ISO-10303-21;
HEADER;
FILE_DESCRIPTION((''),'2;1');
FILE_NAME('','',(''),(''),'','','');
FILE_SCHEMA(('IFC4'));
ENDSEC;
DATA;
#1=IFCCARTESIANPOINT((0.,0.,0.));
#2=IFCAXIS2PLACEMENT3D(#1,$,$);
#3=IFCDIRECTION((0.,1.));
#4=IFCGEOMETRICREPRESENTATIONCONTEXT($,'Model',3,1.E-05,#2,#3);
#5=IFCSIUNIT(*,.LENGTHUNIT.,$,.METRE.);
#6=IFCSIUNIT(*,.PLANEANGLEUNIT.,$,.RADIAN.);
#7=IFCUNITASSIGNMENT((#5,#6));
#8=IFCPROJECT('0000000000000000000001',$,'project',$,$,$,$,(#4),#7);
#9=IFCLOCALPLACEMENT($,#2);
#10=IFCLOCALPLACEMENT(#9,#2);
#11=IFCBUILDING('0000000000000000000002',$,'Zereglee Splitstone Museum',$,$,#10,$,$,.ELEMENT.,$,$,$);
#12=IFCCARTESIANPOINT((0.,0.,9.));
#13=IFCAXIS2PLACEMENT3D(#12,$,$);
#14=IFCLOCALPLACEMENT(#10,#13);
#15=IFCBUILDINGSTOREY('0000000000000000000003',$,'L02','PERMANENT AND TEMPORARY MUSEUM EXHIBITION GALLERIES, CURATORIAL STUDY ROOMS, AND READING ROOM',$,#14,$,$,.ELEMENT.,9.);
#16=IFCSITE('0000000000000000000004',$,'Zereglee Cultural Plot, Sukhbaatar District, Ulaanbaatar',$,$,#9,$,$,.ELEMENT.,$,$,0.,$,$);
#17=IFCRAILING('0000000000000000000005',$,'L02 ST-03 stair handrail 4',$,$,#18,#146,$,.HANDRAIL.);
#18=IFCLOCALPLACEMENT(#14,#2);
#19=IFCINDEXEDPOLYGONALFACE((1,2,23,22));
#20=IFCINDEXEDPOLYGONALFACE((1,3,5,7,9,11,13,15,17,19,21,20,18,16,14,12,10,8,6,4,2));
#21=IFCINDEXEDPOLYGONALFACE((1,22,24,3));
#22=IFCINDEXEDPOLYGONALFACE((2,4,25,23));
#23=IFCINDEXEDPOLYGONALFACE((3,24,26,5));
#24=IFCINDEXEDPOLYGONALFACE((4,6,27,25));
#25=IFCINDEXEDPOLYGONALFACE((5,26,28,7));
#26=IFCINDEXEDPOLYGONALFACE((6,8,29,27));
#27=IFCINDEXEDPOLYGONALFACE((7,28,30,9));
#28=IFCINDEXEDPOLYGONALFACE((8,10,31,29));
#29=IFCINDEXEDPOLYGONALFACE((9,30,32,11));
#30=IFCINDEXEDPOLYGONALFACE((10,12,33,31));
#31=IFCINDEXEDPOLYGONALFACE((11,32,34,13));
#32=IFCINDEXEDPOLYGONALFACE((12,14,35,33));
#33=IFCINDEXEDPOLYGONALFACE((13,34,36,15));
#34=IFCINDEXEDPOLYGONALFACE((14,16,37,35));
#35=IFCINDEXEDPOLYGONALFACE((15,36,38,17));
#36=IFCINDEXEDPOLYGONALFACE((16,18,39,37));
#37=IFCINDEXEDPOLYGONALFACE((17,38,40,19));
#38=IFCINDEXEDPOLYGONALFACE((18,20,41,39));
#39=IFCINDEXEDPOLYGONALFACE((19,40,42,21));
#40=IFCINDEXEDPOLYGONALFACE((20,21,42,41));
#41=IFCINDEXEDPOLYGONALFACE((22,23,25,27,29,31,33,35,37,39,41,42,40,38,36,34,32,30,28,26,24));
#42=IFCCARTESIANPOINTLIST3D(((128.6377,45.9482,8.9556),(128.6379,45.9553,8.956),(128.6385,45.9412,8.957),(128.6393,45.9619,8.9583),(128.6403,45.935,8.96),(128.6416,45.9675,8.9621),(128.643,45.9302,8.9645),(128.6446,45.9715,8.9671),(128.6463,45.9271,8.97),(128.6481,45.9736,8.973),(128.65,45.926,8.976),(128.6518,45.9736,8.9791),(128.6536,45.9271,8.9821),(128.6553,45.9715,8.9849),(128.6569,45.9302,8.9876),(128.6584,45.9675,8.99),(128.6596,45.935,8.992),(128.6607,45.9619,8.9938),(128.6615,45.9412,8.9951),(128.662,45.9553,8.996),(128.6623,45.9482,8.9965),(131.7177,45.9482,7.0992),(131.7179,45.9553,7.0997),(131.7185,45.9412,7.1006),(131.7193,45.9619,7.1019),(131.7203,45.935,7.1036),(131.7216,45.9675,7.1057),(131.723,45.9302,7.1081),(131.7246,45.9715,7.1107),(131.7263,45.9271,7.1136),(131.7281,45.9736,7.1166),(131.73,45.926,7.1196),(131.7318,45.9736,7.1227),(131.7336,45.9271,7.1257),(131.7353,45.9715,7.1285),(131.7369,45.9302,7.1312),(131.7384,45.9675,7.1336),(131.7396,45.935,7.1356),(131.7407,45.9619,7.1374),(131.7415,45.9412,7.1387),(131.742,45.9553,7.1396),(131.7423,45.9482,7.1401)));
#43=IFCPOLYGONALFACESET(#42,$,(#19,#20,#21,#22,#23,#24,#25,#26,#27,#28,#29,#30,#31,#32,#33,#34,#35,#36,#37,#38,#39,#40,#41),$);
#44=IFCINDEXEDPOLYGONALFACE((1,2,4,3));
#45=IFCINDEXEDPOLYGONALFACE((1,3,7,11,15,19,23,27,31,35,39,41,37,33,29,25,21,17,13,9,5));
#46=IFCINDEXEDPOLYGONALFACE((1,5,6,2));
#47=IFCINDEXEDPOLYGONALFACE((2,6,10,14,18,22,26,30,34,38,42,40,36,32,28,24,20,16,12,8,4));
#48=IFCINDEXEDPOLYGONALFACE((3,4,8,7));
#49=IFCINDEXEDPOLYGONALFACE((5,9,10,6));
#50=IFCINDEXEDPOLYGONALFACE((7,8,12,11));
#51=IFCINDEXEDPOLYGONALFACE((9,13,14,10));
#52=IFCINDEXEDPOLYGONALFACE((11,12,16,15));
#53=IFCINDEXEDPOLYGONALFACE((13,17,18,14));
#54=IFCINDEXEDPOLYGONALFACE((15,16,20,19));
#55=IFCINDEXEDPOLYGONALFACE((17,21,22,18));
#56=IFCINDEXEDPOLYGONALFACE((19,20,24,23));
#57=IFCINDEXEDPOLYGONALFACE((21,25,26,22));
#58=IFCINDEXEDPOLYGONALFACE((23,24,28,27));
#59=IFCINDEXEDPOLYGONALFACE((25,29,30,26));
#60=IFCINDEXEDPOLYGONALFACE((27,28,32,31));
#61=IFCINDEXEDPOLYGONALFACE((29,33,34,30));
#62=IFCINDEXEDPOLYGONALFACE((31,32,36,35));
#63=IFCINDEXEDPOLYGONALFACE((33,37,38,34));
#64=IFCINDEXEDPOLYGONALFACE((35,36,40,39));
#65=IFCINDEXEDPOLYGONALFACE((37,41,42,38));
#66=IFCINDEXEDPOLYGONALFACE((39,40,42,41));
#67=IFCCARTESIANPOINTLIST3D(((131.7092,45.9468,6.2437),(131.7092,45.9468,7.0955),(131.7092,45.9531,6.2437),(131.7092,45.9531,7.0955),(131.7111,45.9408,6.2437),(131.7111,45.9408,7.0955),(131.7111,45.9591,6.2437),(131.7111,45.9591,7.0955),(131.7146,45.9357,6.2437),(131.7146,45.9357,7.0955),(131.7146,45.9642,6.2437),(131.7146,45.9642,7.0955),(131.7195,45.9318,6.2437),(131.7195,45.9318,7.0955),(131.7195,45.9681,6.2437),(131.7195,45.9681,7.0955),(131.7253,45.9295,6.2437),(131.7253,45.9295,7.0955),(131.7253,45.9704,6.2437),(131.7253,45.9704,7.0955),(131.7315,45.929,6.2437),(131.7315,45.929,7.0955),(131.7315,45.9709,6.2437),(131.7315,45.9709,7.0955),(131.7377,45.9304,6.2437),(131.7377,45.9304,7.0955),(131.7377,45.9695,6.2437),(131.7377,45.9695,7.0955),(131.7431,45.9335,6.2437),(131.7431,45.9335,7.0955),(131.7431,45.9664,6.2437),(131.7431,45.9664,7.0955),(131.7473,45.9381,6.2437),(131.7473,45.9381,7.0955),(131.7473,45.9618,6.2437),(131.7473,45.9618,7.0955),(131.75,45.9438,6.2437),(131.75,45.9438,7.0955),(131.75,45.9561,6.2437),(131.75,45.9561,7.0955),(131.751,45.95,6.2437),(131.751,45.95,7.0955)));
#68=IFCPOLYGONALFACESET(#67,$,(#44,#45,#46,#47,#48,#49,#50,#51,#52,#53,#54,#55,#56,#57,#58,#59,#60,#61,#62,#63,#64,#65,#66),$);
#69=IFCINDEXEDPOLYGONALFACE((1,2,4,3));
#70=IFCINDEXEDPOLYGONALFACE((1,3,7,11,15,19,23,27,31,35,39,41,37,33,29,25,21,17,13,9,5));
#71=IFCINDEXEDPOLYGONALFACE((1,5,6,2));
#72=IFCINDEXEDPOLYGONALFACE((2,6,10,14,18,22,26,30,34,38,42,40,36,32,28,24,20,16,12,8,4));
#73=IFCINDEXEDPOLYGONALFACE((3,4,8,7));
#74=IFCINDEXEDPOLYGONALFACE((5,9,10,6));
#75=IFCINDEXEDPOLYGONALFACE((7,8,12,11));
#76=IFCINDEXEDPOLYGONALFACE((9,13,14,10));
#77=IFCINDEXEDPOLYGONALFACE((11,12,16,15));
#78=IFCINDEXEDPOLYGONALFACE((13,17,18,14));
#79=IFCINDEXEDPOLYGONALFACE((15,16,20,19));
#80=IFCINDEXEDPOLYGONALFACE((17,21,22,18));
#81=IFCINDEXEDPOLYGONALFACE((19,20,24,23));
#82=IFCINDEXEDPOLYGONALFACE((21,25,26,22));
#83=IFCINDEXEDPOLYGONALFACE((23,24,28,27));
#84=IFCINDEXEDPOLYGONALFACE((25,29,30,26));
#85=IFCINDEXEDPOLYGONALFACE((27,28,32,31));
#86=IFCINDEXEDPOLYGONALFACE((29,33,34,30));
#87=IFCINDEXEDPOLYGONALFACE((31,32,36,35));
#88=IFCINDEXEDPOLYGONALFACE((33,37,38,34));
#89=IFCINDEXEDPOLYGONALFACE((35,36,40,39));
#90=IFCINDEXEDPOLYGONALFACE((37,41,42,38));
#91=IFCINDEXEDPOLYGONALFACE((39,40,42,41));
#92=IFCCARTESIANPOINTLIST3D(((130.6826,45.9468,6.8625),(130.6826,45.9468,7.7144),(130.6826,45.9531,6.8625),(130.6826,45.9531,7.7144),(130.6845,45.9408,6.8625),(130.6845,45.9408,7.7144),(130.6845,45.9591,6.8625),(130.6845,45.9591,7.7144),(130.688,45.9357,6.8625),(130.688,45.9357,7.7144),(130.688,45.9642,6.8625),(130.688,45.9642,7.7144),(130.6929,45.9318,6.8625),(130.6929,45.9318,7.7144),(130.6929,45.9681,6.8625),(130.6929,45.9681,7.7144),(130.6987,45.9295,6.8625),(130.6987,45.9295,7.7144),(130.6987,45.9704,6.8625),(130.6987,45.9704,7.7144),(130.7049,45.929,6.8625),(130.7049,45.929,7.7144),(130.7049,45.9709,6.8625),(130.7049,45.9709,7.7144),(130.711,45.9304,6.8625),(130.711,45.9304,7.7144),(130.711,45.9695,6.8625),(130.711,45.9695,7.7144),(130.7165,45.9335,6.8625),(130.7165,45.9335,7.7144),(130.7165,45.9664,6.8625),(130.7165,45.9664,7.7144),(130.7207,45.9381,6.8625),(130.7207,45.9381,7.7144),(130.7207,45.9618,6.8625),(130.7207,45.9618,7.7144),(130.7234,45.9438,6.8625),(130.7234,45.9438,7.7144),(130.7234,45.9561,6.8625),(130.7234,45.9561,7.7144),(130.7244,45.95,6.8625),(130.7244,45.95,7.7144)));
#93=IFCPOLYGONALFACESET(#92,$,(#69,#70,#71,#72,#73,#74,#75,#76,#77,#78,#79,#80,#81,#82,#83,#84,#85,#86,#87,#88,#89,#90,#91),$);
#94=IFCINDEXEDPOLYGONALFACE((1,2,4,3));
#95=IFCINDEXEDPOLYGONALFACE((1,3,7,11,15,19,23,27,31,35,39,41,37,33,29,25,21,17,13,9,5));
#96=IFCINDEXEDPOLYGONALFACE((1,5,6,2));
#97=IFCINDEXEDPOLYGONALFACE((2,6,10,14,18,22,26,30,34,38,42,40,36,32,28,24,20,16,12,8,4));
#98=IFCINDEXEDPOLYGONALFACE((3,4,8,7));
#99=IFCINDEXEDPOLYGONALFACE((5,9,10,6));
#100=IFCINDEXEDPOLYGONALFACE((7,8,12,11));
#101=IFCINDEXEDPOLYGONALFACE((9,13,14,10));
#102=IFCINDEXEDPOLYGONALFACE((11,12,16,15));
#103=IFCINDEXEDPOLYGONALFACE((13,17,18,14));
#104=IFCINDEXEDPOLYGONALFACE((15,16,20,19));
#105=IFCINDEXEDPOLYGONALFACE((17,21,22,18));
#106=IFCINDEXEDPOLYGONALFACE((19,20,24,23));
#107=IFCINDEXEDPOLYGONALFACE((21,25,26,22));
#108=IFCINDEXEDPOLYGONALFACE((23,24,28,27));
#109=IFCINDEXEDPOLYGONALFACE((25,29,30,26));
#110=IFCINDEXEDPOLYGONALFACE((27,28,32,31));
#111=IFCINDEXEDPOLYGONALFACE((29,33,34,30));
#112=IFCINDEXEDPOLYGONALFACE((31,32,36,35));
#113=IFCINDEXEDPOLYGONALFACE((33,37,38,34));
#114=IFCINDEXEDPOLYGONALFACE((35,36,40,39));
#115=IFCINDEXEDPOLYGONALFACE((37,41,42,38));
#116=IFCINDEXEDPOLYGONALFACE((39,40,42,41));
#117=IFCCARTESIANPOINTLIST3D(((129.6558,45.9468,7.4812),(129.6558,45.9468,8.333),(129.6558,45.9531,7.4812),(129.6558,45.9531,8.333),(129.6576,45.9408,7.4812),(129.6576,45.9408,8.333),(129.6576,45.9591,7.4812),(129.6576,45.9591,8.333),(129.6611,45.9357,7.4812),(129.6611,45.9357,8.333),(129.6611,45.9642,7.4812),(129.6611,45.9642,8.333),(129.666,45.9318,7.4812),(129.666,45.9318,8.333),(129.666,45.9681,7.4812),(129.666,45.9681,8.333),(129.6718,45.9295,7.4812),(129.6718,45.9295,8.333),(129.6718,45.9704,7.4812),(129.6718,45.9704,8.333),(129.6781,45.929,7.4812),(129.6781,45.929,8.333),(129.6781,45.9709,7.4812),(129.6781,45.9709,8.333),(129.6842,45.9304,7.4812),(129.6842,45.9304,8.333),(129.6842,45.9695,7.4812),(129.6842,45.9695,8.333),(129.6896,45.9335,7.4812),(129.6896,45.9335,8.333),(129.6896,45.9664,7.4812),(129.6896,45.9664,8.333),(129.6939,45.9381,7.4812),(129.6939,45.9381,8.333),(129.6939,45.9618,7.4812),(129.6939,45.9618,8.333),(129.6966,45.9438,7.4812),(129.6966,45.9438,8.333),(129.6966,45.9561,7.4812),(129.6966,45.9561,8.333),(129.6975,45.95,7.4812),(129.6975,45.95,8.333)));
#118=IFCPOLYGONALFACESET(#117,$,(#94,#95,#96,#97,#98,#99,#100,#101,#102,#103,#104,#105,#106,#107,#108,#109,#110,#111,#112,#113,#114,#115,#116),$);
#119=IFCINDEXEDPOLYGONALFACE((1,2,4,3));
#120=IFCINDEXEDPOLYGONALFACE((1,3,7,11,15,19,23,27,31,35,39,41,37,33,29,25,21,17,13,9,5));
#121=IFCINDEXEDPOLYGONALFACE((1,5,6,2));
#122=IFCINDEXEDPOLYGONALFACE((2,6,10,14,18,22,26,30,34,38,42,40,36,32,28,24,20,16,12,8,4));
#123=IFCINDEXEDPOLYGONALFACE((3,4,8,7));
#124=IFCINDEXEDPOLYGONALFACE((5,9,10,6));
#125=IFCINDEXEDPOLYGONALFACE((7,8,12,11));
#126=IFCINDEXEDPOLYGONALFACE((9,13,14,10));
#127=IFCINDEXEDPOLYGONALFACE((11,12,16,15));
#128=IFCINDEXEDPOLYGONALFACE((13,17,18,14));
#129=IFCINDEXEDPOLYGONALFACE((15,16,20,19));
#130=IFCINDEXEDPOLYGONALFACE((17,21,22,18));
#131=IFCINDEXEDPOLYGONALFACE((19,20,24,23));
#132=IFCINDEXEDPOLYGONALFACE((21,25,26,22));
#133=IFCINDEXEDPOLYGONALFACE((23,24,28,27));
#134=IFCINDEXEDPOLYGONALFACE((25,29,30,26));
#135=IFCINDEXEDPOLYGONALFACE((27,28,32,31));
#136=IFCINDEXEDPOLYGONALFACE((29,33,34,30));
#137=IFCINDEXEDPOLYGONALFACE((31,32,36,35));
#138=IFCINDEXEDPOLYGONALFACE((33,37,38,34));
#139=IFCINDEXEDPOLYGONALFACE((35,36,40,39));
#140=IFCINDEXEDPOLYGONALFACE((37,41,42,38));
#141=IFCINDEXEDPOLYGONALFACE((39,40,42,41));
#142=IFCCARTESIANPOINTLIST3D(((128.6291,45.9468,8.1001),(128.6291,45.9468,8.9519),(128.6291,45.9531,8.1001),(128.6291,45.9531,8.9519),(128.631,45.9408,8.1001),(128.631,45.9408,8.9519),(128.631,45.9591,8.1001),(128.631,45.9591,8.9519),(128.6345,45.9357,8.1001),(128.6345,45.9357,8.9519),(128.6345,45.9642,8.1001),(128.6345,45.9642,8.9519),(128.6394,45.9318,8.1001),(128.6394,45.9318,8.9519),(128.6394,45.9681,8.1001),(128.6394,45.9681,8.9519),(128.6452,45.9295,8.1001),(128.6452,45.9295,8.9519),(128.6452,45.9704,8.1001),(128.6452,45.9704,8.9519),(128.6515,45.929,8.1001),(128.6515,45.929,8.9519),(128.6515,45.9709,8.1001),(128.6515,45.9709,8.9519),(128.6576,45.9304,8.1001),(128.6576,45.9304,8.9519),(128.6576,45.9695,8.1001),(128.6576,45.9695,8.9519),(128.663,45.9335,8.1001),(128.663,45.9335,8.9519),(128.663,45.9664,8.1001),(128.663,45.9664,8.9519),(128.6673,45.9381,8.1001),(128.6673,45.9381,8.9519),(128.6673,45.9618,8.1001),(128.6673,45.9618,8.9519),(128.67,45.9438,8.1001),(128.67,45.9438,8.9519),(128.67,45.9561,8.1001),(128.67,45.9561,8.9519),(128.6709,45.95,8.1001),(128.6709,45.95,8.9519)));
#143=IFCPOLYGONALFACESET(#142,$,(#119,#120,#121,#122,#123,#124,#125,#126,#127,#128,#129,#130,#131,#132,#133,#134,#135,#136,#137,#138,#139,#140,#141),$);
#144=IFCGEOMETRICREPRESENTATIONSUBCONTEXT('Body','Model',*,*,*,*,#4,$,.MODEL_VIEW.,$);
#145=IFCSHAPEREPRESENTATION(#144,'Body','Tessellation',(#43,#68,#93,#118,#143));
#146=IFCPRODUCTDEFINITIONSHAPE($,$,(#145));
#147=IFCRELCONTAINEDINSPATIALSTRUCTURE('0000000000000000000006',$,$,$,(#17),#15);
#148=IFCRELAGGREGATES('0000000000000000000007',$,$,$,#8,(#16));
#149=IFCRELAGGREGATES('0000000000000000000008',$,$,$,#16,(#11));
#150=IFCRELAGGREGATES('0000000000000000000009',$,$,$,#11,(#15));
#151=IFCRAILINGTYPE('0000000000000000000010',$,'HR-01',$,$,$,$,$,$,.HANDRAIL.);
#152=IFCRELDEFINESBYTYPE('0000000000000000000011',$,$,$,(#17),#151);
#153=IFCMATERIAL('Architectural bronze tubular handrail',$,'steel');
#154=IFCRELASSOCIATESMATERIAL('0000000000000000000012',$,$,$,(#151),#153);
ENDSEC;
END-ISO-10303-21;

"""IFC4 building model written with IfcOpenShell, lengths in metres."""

from ifc_helpers import new_model, si_unit, direction, frame, origin, origin_2d, place, context, subcontext, project, spatial, circle, extrude, material, type_object, element, save


model = new_model("IFC4")

# Units and contexts
model_context = context("Model", 3, precision=1e-05, world=origin(), true_north=direction((0.0, 1.0)))
body_context = subcontext(model_context, "Body", "Model", "MODEL_VIEW")
ifc_project = project(units=[si_unit("LENGTHUNIT", "METRE"), si_unit("PLANEANGLEUNIT", "RADIAN")], contexts=[model_context])

# Site, building, storey
site_placement = place(None, origin())
site = spatial("IfcSite", under=ifc_project, at=site_placement, Name="Zereglee Cultural Plot, Sukhbaatar District, Ulaanbaatar", CompositionType="ELEMENT", RefElevation=0.0)
building_placement = place(site_placement, origin())
building = spatial("IfcBuilding", under=site, at=building_placement, Name="Zereglee Splitstone Museum", CompositionType="ELEMENT")
storey_placement = place(building_placement, frame((0.0, 0.0, 9.0)))
storey = spatial("IfcBuildingStorey", under=building, at=storey_placement, Name="L02", Description="PERMANENT AND TEMPORARY MUSEUM EXHIBITION GALLERIES, CURATORIAL STUDY ROOMS, AND READING ROOM", CompositionType="ELEMENT", Elevation=9.0)

# Railing
ifc_material_1 = material(Name="Architectural bronze tubular handrail", Category="steel")
railing_type_1 = type_object("IfcRailingType", Name="HR-01", PredefinedType="HANDRAIL", material=ifc_material_1)
railing_1_placement = place(storey_placement, frame((131.73, 45.95, 6.2437)))
element("IfcRailing", 1, at=railing_1_placement, inside=storey, type_object=railing_type_1, Name="L02 ST-03 stair handrail 4", PredefinedType="HANDRAIL", context=body_context, shape_type="SweptSolid", body=[
    extrude(circle(Radius=0.0239, at=origin_2d()), frame((0.0, 0.0, 0.876), z_axis=(-0.856461, 0.0, 0.516212), x_axis=(0.0, -1.0, 0.0)), (0.0, 0.0, 1.0), 3.5962),
    extrude(circle(Radius=0.021, at=origin_2d()), origin(), (0.0, 0.0, 1.0), 0.8518),
    extrude(circle(Radius=0.021, at=origin_2d()), frame((-1.0266, 0.0, 0.6189)), (0.0, 0.0, 1.0), 0.8518),
    extrude(circle(Radius=0.021, at=origin_2d()), frame((-2.0535, 0.0, 1.2375)), (0.0, 0.0, 1.0), 0.8518),
    extrude(circle(Radius=0.021, at=origin_2d()), frame((-3.0801, 0.0, 1.8564)), (0.0, 0.0, 1.0), 0.8518),
])

save(model, "model.ifc")
